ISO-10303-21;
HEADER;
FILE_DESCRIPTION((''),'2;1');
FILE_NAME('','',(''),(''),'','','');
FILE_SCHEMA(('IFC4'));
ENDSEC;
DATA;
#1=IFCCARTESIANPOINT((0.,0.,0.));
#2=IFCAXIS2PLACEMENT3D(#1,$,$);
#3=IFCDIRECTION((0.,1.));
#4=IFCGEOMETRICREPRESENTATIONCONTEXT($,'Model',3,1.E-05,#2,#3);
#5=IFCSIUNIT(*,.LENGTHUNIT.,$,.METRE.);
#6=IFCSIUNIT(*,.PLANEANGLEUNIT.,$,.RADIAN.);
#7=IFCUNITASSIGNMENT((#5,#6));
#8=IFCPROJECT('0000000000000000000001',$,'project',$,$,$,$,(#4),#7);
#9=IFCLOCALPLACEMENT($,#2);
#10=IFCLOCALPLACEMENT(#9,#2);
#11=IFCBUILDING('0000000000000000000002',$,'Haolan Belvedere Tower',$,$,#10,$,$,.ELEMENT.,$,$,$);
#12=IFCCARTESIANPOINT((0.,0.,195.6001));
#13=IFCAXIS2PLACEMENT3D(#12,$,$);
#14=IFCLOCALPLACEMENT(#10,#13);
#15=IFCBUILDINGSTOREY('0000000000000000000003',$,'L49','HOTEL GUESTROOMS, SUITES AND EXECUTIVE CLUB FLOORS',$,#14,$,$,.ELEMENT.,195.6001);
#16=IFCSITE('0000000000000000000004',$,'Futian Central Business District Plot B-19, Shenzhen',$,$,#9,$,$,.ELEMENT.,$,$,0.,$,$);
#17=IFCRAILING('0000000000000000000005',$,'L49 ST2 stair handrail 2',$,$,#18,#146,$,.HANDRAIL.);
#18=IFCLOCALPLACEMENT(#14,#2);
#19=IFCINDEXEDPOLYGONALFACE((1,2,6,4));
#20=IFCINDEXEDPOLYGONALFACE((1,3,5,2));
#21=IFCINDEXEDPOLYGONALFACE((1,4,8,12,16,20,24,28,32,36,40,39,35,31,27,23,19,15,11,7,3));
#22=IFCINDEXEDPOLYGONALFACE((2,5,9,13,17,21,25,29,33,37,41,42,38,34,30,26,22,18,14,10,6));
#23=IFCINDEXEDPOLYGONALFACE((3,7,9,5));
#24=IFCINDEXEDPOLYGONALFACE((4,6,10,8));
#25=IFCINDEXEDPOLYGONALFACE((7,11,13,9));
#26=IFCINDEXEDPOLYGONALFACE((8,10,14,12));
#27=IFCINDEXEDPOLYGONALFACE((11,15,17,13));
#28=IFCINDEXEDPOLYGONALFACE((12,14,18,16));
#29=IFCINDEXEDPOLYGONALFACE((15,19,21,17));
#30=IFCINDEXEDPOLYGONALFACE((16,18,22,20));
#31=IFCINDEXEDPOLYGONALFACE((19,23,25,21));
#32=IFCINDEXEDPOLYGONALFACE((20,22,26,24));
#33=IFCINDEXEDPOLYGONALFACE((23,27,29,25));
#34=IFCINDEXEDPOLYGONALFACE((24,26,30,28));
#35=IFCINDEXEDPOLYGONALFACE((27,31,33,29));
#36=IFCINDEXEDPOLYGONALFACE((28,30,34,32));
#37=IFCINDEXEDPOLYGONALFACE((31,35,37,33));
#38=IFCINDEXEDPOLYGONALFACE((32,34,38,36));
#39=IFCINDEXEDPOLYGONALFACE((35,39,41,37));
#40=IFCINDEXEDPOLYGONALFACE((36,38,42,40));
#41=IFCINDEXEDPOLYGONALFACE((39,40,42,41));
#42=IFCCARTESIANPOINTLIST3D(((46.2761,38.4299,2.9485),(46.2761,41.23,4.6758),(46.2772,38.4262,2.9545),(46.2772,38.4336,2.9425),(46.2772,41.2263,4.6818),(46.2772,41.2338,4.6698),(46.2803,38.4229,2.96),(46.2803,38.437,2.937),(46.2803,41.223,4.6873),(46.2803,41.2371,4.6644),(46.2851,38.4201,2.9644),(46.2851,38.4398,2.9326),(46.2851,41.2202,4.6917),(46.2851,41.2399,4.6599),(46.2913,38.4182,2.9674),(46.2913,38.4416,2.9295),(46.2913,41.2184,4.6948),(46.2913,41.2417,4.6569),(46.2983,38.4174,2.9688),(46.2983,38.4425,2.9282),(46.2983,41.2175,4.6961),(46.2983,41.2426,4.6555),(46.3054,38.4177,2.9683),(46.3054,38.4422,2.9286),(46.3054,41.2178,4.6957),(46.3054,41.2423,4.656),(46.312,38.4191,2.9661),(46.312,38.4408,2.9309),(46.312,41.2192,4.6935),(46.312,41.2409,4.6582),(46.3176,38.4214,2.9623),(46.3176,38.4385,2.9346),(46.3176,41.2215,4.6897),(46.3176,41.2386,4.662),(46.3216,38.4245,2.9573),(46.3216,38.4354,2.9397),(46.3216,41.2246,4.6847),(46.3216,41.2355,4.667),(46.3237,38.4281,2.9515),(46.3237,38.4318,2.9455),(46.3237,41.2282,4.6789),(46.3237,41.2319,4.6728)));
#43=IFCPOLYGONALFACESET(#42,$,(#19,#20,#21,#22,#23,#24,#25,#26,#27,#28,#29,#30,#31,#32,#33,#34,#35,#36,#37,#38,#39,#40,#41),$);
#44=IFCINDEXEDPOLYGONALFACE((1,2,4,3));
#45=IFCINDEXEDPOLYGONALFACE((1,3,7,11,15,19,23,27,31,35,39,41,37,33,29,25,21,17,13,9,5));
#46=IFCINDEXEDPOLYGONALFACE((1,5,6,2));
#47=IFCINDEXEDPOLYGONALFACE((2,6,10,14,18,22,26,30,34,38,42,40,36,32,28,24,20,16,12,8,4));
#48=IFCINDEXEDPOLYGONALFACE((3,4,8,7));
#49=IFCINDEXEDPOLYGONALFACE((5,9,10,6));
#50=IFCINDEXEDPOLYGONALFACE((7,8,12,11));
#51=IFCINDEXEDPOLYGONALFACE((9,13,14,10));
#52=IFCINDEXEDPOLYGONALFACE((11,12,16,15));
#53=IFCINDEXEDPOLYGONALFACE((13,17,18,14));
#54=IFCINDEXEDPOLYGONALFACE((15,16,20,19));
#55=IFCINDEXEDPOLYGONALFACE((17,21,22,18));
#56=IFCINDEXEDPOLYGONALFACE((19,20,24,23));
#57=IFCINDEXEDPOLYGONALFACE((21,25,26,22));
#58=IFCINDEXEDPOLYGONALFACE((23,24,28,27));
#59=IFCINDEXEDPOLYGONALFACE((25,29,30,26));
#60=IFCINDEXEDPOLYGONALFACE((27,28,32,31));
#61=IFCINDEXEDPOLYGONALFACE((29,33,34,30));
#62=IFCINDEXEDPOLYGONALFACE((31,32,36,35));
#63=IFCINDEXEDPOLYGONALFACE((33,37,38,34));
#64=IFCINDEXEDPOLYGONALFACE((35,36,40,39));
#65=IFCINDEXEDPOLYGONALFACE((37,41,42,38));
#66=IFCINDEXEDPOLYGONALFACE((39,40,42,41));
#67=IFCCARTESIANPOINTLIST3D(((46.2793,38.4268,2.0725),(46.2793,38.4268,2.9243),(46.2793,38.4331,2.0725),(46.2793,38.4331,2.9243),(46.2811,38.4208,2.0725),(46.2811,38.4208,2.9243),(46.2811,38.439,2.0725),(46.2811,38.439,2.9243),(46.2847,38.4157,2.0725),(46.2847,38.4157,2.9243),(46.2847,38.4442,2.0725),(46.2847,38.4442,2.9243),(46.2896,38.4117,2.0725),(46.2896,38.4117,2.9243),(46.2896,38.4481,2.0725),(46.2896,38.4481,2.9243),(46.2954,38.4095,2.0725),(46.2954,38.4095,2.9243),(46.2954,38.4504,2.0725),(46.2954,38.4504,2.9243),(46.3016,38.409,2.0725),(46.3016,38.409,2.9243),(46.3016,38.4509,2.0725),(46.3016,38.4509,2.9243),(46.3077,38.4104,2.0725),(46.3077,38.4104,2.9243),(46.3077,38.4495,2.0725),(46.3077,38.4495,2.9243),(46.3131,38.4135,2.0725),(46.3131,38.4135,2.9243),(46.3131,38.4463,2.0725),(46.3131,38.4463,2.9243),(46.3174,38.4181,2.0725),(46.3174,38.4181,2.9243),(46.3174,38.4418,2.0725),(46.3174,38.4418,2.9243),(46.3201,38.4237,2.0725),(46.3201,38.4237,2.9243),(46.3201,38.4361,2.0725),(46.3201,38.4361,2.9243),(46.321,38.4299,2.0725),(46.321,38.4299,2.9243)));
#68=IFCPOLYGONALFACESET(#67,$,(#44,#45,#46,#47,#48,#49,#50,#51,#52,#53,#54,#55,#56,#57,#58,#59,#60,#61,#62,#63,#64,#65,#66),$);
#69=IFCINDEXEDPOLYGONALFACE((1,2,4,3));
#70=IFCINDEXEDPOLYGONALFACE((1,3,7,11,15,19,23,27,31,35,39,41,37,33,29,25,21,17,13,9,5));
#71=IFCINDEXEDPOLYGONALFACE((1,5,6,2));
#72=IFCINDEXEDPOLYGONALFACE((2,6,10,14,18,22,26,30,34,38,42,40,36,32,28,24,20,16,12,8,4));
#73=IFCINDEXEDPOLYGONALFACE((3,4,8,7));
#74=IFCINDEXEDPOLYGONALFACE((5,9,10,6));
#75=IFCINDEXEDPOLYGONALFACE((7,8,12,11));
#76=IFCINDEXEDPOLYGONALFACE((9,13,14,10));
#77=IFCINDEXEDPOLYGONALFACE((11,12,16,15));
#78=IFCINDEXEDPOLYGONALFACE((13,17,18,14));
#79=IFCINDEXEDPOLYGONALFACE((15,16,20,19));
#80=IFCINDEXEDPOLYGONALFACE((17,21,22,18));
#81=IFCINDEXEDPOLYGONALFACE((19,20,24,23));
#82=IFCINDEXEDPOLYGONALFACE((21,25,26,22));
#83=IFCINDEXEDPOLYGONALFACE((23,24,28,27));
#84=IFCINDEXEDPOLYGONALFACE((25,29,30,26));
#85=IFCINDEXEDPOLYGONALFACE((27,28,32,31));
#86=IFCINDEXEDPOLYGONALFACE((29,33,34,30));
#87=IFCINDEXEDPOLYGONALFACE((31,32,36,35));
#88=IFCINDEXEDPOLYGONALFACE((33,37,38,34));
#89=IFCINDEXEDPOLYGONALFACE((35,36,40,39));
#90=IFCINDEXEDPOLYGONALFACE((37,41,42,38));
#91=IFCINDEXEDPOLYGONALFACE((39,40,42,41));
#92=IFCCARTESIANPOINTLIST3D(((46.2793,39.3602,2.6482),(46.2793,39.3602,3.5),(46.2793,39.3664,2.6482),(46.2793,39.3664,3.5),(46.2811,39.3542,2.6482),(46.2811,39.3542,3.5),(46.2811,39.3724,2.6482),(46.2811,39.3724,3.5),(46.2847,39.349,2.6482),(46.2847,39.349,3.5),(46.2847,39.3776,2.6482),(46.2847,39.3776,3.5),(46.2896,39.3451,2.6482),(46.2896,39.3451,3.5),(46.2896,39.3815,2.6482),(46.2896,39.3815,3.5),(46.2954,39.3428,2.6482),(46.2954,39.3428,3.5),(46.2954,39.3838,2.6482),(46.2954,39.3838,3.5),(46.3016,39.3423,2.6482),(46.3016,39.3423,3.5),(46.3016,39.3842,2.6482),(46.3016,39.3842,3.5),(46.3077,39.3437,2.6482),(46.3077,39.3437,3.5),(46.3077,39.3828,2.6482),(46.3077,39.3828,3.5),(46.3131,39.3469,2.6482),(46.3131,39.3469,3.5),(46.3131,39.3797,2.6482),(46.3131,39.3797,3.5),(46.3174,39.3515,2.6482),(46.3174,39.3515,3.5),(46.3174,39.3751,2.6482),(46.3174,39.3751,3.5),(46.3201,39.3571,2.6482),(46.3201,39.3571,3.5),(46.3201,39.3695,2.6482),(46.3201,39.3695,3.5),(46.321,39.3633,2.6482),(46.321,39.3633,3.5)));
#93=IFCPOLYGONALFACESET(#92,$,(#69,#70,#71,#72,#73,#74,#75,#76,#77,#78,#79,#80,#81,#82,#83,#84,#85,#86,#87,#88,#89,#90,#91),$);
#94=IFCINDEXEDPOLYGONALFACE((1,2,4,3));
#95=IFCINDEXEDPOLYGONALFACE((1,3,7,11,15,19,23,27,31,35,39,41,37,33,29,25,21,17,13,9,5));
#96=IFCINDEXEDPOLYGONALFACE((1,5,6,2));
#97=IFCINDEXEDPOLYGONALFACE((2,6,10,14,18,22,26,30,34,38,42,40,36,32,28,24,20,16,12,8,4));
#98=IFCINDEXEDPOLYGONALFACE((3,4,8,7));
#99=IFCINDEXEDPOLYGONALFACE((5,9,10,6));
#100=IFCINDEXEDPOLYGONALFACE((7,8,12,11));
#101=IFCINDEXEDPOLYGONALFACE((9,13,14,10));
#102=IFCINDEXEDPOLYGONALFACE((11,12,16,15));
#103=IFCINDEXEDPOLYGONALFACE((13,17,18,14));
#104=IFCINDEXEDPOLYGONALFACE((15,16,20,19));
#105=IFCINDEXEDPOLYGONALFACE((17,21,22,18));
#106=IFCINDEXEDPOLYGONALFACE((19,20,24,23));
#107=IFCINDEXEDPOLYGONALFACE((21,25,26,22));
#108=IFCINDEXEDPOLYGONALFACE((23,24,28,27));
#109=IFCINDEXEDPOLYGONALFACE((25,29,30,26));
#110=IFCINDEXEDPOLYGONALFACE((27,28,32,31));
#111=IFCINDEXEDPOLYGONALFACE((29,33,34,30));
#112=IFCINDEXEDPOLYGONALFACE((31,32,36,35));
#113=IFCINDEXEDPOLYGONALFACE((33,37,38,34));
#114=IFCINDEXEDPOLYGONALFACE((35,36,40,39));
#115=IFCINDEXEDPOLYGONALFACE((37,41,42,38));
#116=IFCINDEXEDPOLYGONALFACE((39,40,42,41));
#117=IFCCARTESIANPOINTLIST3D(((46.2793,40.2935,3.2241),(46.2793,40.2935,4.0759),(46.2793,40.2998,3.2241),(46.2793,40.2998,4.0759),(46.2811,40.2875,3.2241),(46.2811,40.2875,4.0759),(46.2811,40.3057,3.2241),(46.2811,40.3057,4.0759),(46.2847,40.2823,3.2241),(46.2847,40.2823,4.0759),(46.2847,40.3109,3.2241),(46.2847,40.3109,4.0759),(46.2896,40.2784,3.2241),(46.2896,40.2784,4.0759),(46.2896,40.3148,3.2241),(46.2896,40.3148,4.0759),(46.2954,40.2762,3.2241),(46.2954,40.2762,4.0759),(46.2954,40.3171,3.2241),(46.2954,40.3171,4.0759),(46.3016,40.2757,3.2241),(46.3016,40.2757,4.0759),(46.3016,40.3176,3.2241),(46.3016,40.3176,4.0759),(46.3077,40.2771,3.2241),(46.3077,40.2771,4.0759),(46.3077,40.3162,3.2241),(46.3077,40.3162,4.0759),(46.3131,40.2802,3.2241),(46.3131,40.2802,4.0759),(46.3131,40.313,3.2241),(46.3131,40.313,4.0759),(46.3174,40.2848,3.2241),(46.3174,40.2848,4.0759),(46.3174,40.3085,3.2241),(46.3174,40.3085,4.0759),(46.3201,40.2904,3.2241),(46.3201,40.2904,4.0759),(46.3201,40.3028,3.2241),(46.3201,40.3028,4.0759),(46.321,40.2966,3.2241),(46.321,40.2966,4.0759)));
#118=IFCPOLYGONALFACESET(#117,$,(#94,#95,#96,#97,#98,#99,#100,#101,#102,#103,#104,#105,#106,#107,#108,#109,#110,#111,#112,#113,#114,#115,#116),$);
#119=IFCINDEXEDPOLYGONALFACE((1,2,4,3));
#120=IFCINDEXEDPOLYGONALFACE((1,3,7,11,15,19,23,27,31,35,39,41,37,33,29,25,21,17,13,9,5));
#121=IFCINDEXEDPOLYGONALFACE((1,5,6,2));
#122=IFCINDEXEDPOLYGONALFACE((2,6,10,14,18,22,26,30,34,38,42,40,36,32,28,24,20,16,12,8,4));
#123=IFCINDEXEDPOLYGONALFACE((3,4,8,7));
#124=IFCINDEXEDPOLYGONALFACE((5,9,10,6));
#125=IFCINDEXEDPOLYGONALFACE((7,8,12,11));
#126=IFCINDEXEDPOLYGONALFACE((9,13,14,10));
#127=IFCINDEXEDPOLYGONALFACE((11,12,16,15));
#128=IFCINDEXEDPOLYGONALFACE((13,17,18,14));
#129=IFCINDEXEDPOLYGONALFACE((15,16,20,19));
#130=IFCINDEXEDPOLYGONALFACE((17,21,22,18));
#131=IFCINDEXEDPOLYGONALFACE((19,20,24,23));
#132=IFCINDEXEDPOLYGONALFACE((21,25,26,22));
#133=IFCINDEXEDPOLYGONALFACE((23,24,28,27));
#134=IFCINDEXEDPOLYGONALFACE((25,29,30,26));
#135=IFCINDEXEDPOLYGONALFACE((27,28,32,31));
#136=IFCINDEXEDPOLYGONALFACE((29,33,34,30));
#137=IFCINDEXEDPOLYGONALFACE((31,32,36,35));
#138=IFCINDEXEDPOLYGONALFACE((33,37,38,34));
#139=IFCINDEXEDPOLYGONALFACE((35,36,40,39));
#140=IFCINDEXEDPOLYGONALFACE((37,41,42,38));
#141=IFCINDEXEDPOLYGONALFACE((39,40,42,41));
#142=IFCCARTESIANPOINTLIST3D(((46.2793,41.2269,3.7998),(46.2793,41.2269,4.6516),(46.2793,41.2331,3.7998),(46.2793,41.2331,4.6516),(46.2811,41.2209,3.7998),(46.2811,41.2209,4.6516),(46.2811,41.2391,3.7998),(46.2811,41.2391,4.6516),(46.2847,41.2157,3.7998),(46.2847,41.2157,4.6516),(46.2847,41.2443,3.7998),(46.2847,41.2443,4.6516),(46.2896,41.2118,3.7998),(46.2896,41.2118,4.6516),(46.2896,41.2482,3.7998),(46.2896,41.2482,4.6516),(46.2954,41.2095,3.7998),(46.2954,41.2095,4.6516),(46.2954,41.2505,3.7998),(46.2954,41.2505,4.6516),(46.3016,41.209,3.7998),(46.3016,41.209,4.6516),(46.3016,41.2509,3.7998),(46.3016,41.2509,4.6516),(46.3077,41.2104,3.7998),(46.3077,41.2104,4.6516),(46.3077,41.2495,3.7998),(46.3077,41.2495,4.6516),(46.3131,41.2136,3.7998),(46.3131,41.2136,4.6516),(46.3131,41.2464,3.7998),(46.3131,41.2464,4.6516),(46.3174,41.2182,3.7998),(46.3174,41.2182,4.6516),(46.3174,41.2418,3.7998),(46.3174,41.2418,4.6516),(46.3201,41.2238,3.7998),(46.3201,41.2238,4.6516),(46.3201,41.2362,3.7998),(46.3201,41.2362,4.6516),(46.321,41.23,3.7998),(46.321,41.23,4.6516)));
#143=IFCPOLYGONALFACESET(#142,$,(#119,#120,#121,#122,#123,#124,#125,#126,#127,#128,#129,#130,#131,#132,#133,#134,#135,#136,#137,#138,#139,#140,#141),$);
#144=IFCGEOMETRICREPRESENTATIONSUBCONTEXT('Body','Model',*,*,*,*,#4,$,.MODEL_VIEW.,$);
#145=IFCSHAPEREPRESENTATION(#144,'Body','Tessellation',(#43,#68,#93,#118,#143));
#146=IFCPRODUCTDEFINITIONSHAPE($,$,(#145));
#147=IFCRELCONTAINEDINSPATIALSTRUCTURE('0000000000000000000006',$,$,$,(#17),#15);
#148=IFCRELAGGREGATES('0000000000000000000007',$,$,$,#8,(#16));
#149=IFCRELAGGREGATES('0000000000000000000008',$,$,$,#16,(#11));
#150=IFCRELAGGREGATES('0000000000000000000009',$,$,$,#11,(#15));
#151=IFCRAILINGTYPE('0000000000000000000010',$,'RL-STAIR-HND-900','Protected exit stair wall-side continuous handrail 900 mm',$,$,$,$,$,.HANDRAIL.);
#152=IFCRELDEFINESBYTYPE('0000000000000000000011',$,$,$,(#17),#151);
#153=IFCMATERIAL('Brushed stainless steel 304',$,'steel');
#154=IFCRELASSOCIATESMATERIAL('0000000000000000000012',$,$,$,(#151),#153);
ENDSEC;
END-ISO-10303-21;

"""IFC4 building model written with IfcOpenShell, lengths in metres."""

from ifc_helpers import new_model, si_unit, direction, frame, origin, origin_2d, place, context, subcontext, project, spatial, circle, extrude, material, type_object, element, save


model = new_model("IFC4")

# Units and contexts
model_context = context("Model", 3, precision=1e-05, world=origin(), true_north=direction((0.0, 1.0)))
body_context = subcontext(model_context, "Body", "Model", "MODEL_VIEW")
ifc_project = project(units=[si_unit("LENGTHUNIT", "METRE"), si_unit("PLANEANGLEUNIT", "RADIAN")], contexts=[model_context])

# Site, building, storey
site_placement = place(None, origin())
site = spatial("IfcSite", under=ifc_project, at=site_placement, Name="Futian Central Business District Plot B-19, Shenzhen", CompositionType="ELEMENT", RefElevation=0.0)
building_placement = place(site_placement, origin())
building = spatial("IfcBuilding", under=site, at=building_placement, Name="Haolan Belvedere Tower", CompositionType="ELEMENT")
storey_placement = place(building_placement, frame((0.0, 0.0, 195.6001)))
storey = spatial("IfcBuildingStorey", under=building, at=storey_placement, Name="L49", Description="HOTEL GUESTROOMS, SUITES AND EXECUTIVE CLUB FLOORS", CompositionType="ELEMENT", Elevation=195.6001)

# Railing
ifc_material_1 = material(Name="Brushed stainless steel 304", Category="steel")
railing_type_1 = type_object("IfcRailingType", Name="RL-STAIR-HND-900", Description="Protected exit stair wall-side continuous handrail 900 mm", PredefinedType="HANDRAIL", material=ifc_material_1)
railing_1_placement = place(storey_placement, frame((46.3, 38.4299, 2.0725)))
element("IfcRailing", 1, at=railing_1_placement, inside=storey, type_object=railing_type_1, Name="L49 ST2 stair handrail 2", PredefinedType="HANDRAIL", context=body_context, shape_type="SweptSolid", body=[
    extrude(circle(Radius=0.0239, at=origin_2d()), frame((0.0, 0.0, 0.876), z_axis=(0.0, 0.85109, 0.52502), x_axis=(-1.0, 0.0, 0.0)), (0.0, 0.0, 1.0), 3.29),
    extrude(circle(Radius=0.021, at=origin_2d()), origin(), (0.0, 0.0, 1.0), 0.8518),
    extrude(circle(Radius=0.021, at=origin_2d()), frame((0.0, 0.9333, 0.5757)), (0.0, 0.0, 1.0), 0.8518),
    extrude(circle(Radius=0.021, at=origin_2d()), frame((0.0, 1.8667, 1.1516)), (0.0, 0.0, 1.0), 0.8518),
    extrude(circle(Radius=0.021, at=origin_2d()), frame((0.0, 2.8, 1.7273)), (0.0, 0.0, 1.0), 0.8518),
])

save(model, "model.ifc")
